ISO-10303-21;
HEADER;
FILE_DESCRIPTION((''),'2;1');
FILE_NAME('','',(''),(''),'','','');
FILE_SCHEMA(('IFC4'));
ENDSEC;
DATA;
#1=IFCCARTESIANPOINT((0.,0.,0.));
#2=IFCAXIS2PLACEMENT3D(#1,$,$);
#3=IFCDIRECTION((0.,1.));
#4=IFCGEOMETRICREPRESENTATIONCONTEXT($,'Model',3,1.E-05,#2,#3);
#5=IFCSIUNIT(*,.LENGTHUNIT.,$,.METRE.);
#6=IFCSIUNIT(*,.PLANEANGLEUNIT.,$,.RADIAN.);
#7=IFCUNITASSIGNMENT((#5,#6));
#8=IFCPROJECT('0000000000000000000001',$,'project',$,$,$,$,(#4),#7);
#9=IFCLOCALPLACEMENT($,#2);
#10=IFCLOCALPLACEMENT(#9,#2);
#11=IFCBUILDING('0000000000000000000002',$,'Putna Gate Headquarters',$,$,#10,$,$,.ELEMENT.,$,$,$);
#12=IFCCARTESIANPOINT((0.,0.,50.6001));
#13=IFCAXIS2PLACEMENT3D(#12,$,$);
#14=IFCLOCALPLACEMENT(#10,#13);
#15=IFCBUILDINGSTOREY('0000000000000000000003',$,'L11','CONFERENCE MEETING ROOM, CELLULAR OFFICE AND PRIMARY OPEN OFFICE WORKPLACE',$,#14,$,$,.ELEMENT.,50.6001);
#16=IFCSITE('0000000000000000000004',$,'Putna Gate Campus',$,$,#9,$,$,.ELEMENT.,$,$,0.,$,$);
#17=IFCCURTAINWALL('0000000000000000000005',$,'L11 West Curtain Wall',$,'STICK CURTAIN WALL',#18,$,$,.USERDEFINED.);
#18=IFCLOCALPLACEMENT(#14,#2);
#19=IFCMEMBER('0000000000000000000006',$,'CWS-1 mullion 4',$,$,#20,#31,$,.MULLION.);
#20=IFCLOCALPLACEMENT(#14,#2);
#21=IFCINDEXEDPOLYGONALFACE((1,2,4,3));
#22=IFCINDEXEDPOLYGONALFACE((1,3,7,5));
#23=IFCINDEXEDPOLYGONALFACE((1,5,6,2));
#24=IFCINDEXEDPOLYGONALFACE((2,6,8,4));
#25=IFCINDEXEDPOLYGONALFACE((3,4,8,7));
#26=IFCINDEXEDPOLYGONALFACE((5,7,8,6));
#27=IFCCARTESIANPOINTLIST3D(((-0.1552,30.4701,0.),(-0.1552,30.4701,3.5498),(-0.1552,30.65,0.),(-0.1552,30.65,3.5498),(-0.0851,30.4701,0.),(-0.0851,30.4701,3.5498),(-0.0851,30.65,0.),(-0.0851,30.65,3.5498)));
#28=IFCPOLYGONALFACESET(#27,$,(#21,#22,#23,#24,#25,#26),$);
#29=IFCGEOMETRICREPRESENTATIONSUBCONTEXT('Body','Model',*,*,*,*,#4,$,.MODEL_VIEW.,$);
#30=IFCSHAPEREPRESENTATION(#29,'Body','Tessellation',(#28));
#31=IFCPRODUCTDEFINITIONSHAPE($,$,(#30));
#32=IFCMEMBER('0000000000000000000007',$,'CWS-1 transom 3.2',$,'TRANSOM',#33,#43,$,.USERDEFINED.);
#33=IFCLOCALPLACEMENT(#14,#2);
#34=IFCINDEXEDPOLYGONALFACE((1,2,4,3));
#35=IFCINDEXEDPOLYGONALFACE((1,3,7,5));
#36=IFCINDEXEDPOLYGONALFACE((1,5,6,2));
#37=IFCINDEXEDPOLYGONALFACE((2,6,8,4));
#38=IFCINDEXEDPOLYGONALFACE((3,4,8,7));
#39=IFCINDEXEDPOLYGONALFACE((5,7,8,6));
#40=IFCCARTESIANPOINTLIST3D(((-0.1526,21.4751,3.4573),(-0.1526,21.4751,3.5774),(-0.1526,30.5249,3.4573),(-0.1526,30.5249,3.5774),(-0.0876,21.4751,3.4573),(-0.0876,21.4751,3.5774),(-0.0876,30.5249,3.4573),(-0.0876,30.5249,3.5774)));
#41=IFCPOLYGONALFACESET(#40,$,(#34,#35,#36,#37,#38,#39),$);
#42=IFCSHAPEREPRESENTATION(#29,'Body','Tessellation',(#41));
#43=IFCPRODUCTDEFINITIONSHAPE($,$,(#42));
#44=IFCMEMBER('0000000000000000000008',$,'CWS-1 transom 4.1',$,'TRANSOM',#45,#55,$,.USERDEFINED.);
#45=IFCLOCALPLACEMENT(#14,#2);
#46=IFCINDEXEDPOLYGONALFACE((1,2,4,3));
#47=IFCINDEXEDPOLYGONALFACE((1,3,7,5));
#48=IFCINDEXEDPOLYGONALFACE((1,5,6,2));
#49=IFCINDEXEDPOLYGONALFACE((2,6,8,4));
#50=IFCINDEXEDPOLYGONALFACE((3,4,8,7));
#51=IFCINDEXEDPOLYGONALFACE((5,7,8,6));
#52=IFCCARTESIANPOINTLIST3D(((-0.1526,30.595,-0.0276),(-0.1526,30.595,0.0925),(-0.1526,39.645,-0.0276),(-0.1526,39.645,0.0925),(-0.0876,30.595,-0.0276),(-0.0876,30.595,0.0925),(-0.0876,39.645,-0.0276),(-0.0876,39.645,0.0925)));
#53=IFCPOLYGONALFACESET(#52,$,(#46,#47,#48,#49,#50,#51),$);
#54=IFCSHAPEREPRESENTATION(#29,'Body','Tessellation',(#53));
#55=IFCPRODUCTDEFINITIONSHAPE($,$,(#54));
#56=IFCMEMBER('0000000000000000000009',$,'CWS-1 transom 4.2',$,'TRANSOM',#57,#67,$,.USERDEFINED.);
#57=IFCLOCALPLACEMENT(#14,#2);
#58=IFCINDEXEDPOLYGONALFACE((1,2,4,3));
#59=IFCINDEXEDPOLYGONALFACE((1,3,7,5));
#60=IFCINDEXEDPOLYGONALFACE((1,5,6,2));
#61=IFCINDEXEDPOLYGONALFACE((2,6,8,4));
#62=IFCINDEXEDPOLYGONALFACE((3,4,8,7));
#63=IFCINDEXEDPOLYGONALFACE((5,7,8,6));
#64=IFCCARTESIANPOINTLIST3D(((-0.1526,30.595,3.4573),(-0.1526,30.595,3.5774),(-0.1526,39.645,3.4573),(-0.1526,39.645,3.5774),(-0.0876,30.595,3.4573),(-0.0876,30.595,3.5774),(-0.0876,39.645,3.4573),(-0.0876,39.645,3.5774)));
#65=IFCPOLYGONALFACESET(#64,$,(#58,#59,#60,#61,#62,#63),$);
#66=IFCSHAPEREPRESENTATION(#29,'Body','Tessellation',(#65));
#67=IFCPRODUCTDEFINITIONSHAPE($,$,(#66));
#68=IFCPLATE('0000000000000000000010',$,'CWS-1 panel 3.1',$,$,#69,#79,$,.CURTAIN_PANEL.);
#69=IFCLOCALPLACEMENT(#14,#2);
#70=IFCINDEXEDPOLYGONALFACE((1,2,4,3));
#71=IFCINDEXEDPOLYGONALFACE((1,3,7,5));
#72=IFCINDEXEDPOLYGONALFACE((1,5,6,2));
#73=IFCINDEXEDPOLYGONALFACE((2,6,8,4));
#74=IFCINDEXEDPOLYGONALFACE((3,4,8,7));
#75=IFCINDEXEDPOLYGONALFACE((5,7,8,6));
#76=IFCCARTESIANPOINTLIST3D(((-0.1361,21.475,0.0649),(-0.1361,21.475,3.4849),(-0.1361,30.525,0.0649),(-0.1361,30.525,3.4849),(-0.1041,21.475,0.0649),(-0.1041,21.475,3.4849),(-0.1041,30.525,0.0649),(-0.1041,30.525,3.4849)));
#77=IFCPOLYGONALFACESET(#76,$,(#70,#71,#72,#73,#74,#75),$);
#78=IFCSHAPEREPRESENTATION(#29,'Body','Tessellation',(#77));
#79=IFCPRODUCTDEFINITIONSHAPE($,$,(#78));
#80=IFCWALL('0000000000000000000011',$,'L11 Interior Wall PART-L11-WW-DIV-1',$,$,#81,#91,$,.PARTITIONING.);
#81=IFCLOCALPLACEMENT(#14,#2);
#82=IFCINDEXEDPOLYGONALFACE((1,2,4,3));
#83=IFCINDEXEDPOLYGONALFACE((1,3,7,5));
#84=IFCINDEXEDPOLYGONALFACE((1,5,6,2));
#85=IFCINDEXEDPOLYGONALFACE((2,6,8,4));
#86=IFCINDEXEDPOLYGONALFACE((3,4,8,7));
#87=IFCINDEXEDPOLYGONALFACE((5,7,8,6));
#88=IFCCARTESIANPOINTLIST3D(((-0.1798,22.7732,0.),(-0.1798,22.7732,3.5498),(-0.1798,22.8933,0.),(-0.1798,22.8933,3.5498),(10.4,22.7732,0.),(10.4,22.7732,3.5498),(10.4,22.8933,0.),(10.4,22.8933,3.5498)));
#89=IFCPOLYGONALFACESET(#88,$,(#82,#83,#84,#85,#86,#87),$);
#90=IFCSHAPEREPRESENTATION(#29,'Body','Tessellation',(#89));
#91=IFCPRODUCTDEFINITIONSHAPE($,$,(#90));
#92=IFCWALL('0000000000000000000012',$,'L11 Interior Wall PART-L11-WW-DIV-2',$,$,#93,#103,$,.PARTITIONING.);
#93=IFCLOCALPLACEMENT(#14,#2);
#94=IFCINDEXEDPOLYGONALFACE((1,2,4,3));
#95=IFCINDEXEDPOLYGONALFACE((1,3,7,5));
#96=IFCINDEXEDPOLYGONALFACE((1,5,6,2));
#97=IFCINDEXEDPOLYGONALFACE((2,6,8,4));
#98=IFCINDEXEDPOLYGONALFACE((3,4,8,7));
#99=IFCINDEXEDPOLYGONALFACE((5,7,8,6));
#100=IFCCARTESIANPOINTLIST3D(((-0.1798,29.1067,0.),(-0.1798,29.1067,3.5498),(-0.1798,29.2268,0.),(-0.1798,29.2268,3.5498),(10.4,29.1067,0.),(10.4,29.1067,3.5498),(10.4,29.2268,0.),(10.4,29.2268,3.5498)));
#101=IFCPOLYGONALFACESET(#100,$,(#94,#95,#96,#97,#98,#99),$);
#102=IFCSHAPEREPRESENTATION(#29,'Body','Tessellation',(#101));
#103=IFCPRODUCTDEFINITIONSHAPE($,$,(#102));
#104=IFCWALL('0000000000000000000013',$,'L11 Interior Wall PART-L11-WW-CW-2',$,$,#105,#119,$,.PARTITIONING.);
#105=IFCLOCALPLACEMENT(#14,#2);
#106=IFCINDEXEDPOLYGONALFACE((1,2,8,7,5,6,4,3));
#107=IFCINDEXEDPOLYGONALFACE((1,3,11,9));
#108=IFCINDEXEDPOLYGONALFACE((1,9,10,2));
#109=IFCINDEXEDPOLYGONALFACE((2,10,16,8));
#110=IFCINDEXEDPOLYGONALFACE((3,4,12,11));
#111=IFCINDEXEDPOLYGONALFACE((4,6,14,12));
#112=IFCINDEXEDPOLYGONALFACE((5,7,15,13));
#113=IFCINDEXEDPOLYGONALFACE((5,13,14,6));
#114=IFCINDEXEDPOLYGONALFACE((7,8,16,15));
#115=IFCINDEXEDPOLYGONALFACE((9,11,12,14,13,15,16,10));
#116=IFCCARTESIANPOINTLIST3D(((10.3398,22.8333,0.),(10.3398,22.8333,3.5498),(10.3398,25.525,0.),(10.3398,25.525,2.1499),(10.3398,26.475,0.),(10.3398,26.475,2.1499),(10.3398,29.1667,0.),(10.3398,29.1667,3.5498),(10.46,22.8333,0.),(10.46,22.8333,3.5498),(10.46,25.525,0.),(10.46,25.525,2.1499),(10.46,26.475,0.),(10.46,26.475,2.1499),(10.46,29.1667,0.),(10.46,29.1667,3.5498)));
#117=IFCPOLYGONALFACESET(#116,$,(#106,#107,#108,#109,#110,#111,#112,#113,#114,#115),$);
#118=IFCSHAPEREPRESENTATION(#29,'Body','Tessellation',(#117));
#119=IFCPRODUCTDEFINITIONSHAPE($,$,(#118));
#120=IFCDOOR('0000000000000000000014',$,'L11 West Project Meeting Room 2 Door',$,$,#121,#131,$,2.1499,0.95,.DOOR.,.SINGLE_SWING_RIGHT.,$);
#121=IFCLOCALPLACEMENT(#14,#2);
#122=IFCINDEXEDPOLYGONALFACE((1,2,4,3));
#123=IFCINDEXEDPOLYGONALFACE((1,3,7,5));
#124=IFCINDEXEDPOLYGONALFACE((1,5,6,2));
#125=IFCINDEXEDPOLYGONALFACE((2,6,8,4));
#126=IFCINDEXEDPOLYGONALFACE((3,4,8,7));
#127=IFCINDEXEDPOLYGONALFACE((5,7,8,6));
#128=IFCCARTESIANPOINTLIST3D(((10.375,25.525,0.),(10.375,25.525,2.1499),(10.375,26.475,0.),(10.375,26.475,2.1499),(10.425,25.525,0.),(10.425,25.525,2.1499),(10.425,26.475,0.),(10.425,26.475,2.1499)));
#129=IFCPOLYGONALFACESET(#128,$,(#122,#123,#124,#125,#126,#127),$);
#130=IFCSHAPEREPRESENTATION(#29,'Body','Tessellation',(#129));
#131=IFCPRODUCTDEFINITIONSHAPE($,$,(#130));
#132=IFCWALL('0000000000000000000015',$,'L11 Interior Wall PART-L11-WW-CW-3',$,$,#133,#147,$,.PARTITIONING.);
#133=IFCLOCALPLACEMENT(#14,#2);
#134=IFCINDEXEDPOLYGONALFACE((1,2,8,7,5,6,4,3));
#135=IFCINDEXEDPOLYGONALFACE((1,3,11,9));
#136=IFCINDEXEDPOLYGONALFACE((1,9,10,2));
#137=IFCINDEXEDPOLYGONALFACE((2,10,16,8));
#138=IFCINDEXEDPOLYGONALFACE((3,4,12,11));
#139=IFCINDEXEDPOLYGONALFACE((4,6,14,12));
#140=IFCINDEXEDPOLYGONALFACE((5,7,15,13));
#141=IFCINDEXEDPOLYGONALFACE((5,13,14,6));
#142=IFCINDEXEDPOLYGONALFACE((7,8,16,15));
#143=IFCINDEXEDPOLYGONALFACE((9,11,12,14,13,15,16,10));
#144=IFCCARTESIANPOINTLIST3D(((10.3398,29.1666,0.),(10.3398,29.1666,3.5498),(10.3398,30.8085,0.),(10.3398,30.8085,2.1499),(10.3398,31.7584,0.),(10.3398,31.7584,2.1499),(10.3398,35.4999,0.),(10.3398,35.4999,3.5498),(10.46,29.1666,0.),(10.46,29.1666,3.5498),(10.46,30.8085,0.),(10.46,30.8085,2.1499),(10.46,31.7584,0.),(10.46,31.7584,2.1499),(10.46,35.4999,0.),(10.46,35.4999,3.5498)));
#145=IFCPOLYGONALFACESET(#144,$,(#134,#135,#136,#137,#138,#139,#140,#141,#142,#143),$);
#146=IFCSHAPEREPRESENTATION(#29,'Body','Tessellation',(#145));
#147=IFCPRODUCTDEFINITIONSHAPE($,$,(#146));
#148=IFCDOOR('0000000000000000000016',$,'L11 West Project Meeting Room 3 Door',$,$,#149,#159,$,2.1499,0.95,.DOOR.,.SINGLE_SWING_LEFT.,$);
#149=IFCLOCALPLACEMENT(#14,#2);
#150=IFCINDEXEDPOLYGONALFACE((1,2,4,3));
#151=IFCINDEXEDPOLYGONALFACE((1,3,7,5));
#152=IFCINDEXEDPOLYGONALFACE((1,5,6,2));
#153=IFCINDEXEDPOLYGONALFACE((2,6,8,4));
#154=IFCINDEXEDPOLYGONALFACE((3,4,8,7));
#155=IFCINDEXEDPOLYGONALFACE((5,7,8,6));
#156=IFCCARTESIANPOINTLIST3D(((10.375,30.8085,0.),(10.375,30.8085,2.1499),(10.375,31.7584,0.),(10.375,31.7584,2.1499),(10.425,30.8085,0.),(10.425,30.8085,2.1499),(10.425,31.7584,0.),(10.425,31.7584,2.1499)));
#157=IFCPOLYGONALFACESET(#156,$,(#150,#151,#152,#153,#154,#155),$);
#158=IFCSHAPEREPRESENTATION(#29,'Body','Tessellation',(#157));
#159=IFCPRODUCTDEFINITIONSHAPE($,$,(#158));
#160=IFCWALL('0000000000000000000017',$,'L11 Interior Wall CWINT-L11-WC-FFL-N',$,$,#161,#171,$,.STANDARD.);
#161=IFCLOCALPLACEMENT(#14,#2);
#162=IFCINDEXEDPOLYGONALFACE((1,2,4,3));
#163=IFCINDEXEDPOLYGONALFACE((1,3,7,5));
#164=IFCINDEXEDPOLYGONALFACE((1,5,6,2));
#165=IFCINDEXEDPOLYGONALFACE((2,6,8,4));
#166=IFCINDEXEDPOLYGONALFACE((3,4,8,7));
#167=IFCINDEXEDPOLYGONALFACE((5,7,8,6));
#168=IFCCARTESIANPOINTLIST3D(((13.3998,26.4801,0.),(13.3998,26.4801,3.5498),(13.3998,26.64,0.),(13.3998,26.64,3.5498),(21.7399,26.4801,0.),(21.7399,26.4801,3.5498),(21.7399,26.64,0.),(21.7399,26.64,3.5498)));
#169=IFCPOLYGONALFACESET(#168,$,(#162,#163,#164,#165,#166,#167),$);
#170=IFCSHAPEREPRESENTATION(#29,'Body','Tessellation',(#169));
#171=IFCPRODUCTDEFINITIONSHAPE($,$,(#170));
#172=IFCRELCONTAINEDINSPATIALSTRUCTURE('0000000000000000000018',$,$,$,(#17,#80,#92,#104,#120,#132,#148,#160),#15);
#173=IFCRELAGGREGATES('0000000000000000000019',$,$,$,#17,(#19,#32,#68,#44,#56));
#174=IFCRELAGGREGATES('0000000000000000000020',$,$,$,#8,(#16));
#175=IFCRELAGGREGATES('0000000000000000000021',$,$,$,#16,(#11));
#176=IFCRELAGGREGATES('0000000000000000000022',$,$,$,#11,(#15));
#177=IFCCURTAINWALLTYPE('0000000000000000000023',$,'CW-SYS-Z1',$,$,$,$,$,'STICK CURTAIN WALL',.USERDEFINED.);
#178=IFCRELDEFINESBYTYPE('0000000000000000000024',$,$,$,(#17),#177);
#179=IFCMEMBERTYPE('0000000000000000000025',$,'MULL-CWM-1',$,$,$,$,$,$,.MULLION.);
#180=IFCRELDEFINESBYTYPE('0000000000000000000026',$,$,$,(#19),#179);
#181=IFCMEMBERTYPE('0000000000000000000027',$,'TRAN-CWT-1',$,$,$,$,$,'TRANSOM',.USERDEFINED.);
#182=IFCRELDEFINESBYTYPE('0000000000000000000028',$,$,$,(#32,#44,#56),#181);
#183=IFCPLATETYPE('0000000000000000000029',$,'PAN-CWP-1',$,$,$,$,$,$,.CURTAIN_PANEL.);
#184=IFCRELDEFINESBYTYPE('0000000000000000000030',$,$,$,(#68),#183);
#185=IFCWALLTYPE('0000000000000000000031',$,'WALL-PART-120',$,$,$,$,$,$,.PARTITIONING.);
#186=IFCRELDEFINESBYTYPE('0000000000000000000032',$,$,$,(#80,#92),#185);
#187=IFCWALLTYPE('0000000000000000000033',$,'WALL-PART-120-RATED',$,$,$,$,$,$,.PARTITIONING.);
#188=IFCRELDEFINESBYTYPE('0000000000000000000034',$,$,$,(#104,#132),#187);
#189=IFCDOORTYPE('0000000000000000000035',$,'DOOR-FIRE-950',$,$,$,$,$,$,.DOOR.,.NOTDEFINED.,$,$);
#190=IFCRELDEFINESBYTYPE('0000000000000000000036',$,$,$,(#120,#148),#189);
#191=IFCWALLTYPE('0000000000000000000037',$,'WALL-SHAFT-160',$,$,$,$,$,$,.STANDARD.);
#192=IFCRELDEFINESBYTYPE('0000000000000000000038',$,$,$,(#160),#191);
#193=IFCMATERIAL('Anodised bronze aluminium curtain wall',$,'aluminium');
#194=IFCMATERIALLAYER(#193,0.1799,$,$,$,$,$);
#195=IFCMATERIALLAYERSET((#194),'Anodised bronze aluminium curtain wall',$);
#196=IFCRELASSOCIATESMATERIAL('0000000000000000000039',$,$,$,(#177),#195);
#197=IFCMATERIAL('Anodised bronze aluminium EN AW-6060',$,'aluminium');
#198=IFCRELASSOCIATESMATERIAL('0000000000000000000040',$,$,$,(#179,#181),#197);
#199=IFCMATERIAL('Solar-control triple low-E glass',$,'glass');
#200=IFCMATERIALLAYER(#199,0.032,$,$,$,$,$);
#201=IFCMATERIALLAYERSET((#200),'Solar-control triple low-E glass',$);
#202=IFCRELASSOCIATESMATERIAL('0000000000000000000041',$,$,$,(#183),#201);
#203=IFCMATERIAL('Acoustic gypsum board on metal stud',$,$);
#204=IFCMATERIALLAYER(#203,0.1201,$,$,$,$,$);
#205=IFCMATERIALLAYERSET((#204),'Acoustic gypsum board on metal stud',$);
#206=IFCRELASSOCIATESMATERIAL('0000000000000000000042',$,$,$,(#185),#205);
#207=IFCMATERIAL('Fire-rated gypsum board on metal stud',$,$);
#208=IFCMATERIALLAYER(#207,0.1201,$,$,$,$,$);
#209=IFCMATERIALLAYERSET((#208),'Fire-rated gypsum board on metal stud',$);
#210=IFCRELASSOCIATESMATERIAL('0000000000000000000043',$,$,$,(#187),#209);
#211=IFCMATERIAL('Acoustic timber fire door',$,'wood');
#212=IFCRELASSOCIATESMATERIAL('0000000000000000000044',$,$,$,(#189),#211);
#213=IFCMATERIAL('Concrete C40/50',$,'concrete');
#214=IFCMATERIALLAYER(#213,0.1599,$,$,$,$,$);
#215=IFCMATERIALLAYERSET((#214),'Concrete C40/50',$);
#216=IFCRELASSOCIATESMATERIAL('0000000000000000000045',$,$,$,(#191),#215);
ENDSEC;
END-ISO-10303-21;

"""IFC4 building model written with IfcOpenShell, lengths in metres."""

from ifc_helpers import new_model, si_unit, direction, frame, frame_2d, origin, origin_2d, place, context, subcontext, project, spatial, rectangle, extrude, material, layer, layer_set, material_profile, profile_set, type_object, element, fill, aggregate, save


model = new_model("IFC4")

# Units and contexts
model_context = context("Model", 3, precision=1e-05, world=origin(), true_north=direction((0.0, 1.0)))
body_context = subcontext(model_context, "Body", "Model", "MODEL_VIEW")
ifc_project = project(units=[si_unit("LENGTHUNIT", "METRE"), si_unit("PLANEANGLEUNIT", "RADIAN")], contexts=[model_context])

# Site, building, storey
site_placement = place(None, origin())
site = spatial("IfcSite", under=ifc_project, at=site_placement, Name="Putna Gate Campus", CompositionType="ELEMENT", RefElevation=0.0)
building_placement = place(site_placement, origin())
building = spatial("IfcBuilding", under=site, at=building_placement, Name="Putna Gate Headquarters", CompositionType="ELEMENT")
storey_placement = place(building_placement, frame((0.0, 0.0, 50.6001)))
storey = spatial("IfcBuildingStorey", under=building, at=storey_placement, Name="L11", Description="CONFERENCE MEETING ROOM, CELLULAR OFFICE AND PRIMARY OPEN OFFICE WORKPLACE", CompositionType="ELEMENT", Elevation=50.6001)

# Curtain wall, members, plate
ifc_material_1 = material(Name="Anodised bronze aluminium curtain wall", Category="aluminium")
ifc_layer_1 = layer(ifc_material_1, 0.1799)
ifc_layer_set_1 = layer_set([ifc_layer_1], Name="Anodised bronze aluminium curtain wall")
curtain_wall_type = type_object("IfcCurtainWallType", Name="CW-SYS-Z1", ElementType="STICK CURTAIN WALL", PredefinedType="USERDEFINED", material=ifc_layer_set_1)
curtain_wall_placement = place(storey_placement, origin())
curtain_wall = element("IfcCurtainWall", 1, at=curtain_wall_placement, inside=storey, type_object=curtain_wall_type, Name="L11 West Curtain Wall", ObjectType="STICK CURTAIN WALL", PredefinedType="USERDEFINED")
ifc_material_2 = material(Name="Anodised bronze aluminium EN AW-6060", Category="aluminium")
ifc_material_profile_1 = material_profile(ifc_material_2, rectangle(XDim=0.0701, YDim=0.1799, at=origin_2d()), Name="Anodised bronze aluminium EN AW-6060")
ifc_profile_set_1 = profile_set([ifc_material_profile_1], Name="Anodised bronze aluminium EN AW-6060")
member_type_1 = type_object("IfcMemberType", Name="MULL-CWM-1", PredefinedType="MULLION", material=ifc_profile_set_1)
member_1_placement = place(storey_placement, frame((-0.1201, 30.5601, 0.0), z_axis=(0.0, 0.0, 1.0), x_axis=(-1.0, 0.0, 0.0)))
member_1 = element("IfcMember", 2, at=member_1_placement, type_object=member_type_1, Name="CWS-1 mullion 4", PredefinedType="MULLION", context=body_context, shape_type="SweptSolid", body=[
    extrude(rectangle(XDim=0.0701, YDim=0.1799, at=origin_2d()), origin(), (0.0, 0.0, 1.0), 3.5498),
])
ifc_material_profile_2 = material_profile(ifc_material_2, rectangle(XDim=0.0649, YDim=0.1201, at=origin_2d()), Name="Anodised bronze aluminium EN AW-6060")
ifc_profile_set_2 = profile_set([ifc_material_profile_2], Name="Anodised bronze aluminium EN AW-6060")
member_type_2 = type_object("IfcMemberType", Name="TRAN-CWT-1", ElementType="TRANSOM", PredefinedType="USERDEFINED", material=ifc_profile_set_2)
member_2_placement = place(storey_placement, frame((-0.1201, 21.4751, 3.5173), z_axis=(0.0, 1.0, 0.0), x_axis=(-1.0, 0.0, 0.0)))
member_2 = element("IfcMember", 3, at=member_2_placement, type_object=member_type_2, Name="CWS-1 transom 3.2", ObjectType="TRANSOM", PredefinedType="USERDEFINED", context=body_context, shape_type="SweptSolid", body=[
    extrude(rectangle(XDim=0.0649, YDim=0.1201, at=origin_2d()), origin(), (0.0, 0.0, 1.0), 9.0498),
])
member_3_placement = place(storey_placement, frame((-0.1201, 30.595, 0.0325), z_axis=(0.0, 1.0, 0.0), x_axis=(-1.0, 0.0, 0.0)))
member_3 = element("IfcMember", 4, at=member_3_placement, type_object=member_type_2, Name="CWS-1 transom 4.1", ObjectType="TRANSOM", PredefinedType="USERDEFINED", context=body_context, shape_type="SweptSolid", body=[
    extrude(rectangle(XDim=0.0649, YDim=0.1201, at=origin_2d()), origin(), (0.0, 0.0, 1.0), 9.05),
])
member_4_placement = place(storey_placement, frame((-0.1201, 30.595, 3.5173), z_axis=(0.0, 1.0, 0.0), x_axis=(-1.0, 0.0, 0.0)))
member_4 = element("IfcMember", 5, at=member_4_placement, type_object=member_type_2, Name="CWS-1 transom 4.2", ObjectType="TRANSOM", PredefinedType="USERDEFINED", context=body_context, shape_type="SweptSolid", body=[
    extrude(rectangle(XDim=0.0649, YDim=0.1201, at=origin_2d()), origin(), (0.0, 0.0, 1.0), 9.05),
])
ifc_material_3 = material(Name="Solar-control triple low-E glass", Category="glass")
ifc_layer_2 = layer(ifc_material_3, 0.032)
ifc_layer_set_2 = layer_set([ifc_layer_2], Name="Solar-control triple low-E glass")
plate_type = type_object("IfcPlateType", Name="PAN-CWP-1", PredefinedType="CURTAIN_PANEL", material=ifc_layer_set_2)
plate_placement = place(storey_placement, frame((-0.1201, 26.0, 0.0649), z_axis=(0.0, 0.0, 1.0), x_axis=(0.0, 1.0, 0.0)))
plate = element("IfcPlate", 6, at=plate_placement, type_object=plate_type, Name="CWS-1 panel 3.1", PredefinedType="CURTAIN_PANEL", context=body_context, shape_type="SweptSolid", body=[
    extrude(rectangle(XDim=9.05, YDim=0.032, at=origin_2d()), origin(), (0.0, 0.0, 1.0), 3.4199),
])
aggregate(curtain_wall, [member_1, member_2, plate, member_3, member_4])

# Walls
ifc_material_4 = material(Name="Acoustic gypsum board on metal stud")
ifc_layer_3 = layer(ifc_material_4, 0.1201)
ifc_layer_set_3 = layer_set([ifc_layer_3], Name="Acoustic gypsum board on metal stud")
wall_type_1 = type_object("IfcWallType", Name="WALL-PART-120", PredefinedType="PARTITIONING", material=ifc_layer_set_3)
for number, where, z_axis, x_axis, name in (
    (7, (-0.1799, 22.8333, 0.0), (0.0, 0.0, 1.0), (1.0, 0.0, 0.0), "L11 Interior Wall PART-L11-WW-DIV-1"),
    (8, (-0.1799, 29.1667, 0.0), (0.0, 0.0, 1.0), (1.0, 0.0, 0.0), "L11 Interior Wall PART-L11-WW-DIV-2"),
):
    element("IfcWall", number, at=place(storey_placement, frame(where, z_axis=z_axis, x_axis=x_axis)), inside=storey, type_object=wall_type_1, Name=name, PredefinedType="PARTITIONING", context=body_context, shape_type="SweptSolid", body=[
        extrude(rectangle(XDim=10.5798, YDim=0.1201, at=frame_2d((5.29, 0.0))), origin(), (0.0, 0.0, 1.0), 3.5498),
    ])

# Walls, openings, doors
ifc_material_5 = material(Name="Fire-rated gypsum board on metal stud")
ifc_layer_4 = layer(ifc_material_5, 0.1201)
ifc_layer_set_4 = layer_set([ifc_layer_4], Name="Fire-rated gypsum board on metal stud")
wall_type_2 = type_object("IfcWallType", Name="WALL-PART-120-RATED", PredefinedType="PARTITIONING", material=ifc_layer_set_4)
wall_1_placement = place(storey_placement, frame((10.3999, 22.8333, 0.0), z_axis=(0.0, 0.0, 1.0), x_axis=(0.0, 1.0, 0.0)))
wall_1 = element("IfcWall", 9, at=wall_1_placement, inside=storey, type_object=wall_type_2, Name="L11 Interior Wall PART-L11-WW-CW-2", PredefinedType="PARTITIONING", context=body_context, shape_type="SweptSolid", body=[
    extrude(rectangle(XDim=6.3335, YDim=0.1201, at=frame_2d((3.1667, 0.0))), origin(), (0.0, 0.0, 1.0), 3.5498),
])
opening_1_placement = place(wall_1_placement, frame((2.6917, 0.0, 0.0)))
opening_1 = element("IfcOpeningElement", 10, at=opening_1_placement, cuts=wall_1, PredefinedType="OPENING", context=body_context, shape_type="SweptSolid", body=[
    extrude(rectangle(XDim=0.95, YDim=2.1499, at=frame_2d((0.4751, 1.075))), frame((0.0, 0.0701, 0.0), z_axis=(0.0, -1.0, 0.0), x_axis=(1.0, 0.0, 0.0)), (0.0, 0.0, 1.0), 0.1401),
])
ifc_material_6 = material(Name="Acoustic timber fire door", Category="wood")
door_type_1 = type_object("IfcDoorType", Name="DOOR-FIRE-950", OperationType="NOTDEFINED", PredefinedType="DOOR", material=ifc_material_6)
door_1_placement = place(opening_1_placement, origin())
door_1 = element("IfcDoor", 11, at=door_1_placement, inside=storey, type_object=door_type_1, Name="L11 West Project Meeting Room 2 Door", OperationType="SINGLE_SWING_RIGHT", OverallHeight=2.1499, OverallWidth=0.95, PredefinedType="DOOR", context=body_context, shape_type="SweptSolid", body=[
    extrude(rectangle(XDim=0.95, YDim=2.1499, at=frame_2d((0.4751, 1.075))), frame((0.0, 0.0249, 0.0), z_axis=(0.0, -1.0, 0.0), x_axis=(1.0, 0.0, 0.0)), (0.0, 0.0, 1.0), 0.05),
])
fill(opening_1, door_1)
wall_2_placement = place(storey_placement, frame((10.3999, 29.1667, 0.0), z_axis=(0.0, 0.0, 1.0), x_axis=(0.0, 1.0, 0.0)))
wall_2 = element("IfcWall", 12, at=wall_2_placement, inside=storey, type_object=wall_type_2, Name="L11 Interior Wall PART-L11-WW-CW-3", PredefinedType="PARTITIONING", context=body_context, shape_type="SweptSolid", body=[
    extrude(rectangle(XDim=6.3333, YDim=0.1201, at=frame_2d((3.1665, 0.0))), origin(), (0.0, 0.0, 1.0), 3.5498),
])
opening_2_placement = place(wall_2_placement, frame((1.6416, 0.0, 0.0)))
opening_2 = element("IfcOpeningElement", 13, at=opening_2_placement, cuts=wall_2, PredefinedType="OPENING", context=body_context, shape_type="SweptSolid", body=[
    extrude(rectangle(XDim=0.95, YDim=2.1499, at=frame_2d((0.4751, 1.075))), frame((0.0, 0.0701, 0.0), z_axis=(0.0, -1.0, 0.0), x_axis=(1.0, 0.0, 0.0)), (0.0, 0.0, 1.0), 0.1401),
])
door_2_placement = place(opening_2_placement, origin())
door_2 = element("IfcDoor", 14, at=door_2_placement, inside=storey, type_object=door_type_1, Name="L11 West Project Meeting Room 3 Door", OperationType="SINGLE_SWING_LEFT", OverallHeight=2.1499, OverallWidth=0.95, PredefinedType="DOOR", context=body_context, shape_type="SweptSolid", body=[
    extrude(rectangle(XDim=0.95, YDim=2.1499, at=frame_2d((0.4751, 1.075))), frame((0.0, 0.0249, 0.0), z_axis=(0.0, -1.0, 0.0), x_axis=(1.0, 0.0, 0.0)), (0.0, 0.0, 1.0), 0.05),
])
fill(opening_2, door_2)

# Wall
ifc_material_7 = material(Name="Concrete C40/50", Category="concrete")
ifc_layer_5 = layer(ifc_material_7, 0.1599)
ifc_layer_set_5 = layer_set([ifc_layer_5], Name="Concrete C40/50")
wall_type_3 = type_object("IfcWallType", Name="WALL-SHAFT-160", PredefinedType="STANDARD", material=ifc_layer_set_5)
wall_3_placement = place(storey_placement, frame((13.3999, 26.5601, 0.0), z_axis=(0.0, 0.0, 1.0), x_axis=(1.0, 0.0, 0.0)))
element("IfcWall", 15, at=wall_3_placement, inside=storey, type_object=wall_type_3, Name="L11 Interior Wall CWINT-L11-WC-FFL-N", PredefinedType="STANDARD", context=body_context, shape_type="SweptSolid", body=[
    extrude(rectangle(XDim=8.3401, YDim=0.1599, at=frame_2d((4.1699, 0.0))), origin(), (0.0, 0.0, 1.0), 3.5498),
])

save(model, "model.ifc")
